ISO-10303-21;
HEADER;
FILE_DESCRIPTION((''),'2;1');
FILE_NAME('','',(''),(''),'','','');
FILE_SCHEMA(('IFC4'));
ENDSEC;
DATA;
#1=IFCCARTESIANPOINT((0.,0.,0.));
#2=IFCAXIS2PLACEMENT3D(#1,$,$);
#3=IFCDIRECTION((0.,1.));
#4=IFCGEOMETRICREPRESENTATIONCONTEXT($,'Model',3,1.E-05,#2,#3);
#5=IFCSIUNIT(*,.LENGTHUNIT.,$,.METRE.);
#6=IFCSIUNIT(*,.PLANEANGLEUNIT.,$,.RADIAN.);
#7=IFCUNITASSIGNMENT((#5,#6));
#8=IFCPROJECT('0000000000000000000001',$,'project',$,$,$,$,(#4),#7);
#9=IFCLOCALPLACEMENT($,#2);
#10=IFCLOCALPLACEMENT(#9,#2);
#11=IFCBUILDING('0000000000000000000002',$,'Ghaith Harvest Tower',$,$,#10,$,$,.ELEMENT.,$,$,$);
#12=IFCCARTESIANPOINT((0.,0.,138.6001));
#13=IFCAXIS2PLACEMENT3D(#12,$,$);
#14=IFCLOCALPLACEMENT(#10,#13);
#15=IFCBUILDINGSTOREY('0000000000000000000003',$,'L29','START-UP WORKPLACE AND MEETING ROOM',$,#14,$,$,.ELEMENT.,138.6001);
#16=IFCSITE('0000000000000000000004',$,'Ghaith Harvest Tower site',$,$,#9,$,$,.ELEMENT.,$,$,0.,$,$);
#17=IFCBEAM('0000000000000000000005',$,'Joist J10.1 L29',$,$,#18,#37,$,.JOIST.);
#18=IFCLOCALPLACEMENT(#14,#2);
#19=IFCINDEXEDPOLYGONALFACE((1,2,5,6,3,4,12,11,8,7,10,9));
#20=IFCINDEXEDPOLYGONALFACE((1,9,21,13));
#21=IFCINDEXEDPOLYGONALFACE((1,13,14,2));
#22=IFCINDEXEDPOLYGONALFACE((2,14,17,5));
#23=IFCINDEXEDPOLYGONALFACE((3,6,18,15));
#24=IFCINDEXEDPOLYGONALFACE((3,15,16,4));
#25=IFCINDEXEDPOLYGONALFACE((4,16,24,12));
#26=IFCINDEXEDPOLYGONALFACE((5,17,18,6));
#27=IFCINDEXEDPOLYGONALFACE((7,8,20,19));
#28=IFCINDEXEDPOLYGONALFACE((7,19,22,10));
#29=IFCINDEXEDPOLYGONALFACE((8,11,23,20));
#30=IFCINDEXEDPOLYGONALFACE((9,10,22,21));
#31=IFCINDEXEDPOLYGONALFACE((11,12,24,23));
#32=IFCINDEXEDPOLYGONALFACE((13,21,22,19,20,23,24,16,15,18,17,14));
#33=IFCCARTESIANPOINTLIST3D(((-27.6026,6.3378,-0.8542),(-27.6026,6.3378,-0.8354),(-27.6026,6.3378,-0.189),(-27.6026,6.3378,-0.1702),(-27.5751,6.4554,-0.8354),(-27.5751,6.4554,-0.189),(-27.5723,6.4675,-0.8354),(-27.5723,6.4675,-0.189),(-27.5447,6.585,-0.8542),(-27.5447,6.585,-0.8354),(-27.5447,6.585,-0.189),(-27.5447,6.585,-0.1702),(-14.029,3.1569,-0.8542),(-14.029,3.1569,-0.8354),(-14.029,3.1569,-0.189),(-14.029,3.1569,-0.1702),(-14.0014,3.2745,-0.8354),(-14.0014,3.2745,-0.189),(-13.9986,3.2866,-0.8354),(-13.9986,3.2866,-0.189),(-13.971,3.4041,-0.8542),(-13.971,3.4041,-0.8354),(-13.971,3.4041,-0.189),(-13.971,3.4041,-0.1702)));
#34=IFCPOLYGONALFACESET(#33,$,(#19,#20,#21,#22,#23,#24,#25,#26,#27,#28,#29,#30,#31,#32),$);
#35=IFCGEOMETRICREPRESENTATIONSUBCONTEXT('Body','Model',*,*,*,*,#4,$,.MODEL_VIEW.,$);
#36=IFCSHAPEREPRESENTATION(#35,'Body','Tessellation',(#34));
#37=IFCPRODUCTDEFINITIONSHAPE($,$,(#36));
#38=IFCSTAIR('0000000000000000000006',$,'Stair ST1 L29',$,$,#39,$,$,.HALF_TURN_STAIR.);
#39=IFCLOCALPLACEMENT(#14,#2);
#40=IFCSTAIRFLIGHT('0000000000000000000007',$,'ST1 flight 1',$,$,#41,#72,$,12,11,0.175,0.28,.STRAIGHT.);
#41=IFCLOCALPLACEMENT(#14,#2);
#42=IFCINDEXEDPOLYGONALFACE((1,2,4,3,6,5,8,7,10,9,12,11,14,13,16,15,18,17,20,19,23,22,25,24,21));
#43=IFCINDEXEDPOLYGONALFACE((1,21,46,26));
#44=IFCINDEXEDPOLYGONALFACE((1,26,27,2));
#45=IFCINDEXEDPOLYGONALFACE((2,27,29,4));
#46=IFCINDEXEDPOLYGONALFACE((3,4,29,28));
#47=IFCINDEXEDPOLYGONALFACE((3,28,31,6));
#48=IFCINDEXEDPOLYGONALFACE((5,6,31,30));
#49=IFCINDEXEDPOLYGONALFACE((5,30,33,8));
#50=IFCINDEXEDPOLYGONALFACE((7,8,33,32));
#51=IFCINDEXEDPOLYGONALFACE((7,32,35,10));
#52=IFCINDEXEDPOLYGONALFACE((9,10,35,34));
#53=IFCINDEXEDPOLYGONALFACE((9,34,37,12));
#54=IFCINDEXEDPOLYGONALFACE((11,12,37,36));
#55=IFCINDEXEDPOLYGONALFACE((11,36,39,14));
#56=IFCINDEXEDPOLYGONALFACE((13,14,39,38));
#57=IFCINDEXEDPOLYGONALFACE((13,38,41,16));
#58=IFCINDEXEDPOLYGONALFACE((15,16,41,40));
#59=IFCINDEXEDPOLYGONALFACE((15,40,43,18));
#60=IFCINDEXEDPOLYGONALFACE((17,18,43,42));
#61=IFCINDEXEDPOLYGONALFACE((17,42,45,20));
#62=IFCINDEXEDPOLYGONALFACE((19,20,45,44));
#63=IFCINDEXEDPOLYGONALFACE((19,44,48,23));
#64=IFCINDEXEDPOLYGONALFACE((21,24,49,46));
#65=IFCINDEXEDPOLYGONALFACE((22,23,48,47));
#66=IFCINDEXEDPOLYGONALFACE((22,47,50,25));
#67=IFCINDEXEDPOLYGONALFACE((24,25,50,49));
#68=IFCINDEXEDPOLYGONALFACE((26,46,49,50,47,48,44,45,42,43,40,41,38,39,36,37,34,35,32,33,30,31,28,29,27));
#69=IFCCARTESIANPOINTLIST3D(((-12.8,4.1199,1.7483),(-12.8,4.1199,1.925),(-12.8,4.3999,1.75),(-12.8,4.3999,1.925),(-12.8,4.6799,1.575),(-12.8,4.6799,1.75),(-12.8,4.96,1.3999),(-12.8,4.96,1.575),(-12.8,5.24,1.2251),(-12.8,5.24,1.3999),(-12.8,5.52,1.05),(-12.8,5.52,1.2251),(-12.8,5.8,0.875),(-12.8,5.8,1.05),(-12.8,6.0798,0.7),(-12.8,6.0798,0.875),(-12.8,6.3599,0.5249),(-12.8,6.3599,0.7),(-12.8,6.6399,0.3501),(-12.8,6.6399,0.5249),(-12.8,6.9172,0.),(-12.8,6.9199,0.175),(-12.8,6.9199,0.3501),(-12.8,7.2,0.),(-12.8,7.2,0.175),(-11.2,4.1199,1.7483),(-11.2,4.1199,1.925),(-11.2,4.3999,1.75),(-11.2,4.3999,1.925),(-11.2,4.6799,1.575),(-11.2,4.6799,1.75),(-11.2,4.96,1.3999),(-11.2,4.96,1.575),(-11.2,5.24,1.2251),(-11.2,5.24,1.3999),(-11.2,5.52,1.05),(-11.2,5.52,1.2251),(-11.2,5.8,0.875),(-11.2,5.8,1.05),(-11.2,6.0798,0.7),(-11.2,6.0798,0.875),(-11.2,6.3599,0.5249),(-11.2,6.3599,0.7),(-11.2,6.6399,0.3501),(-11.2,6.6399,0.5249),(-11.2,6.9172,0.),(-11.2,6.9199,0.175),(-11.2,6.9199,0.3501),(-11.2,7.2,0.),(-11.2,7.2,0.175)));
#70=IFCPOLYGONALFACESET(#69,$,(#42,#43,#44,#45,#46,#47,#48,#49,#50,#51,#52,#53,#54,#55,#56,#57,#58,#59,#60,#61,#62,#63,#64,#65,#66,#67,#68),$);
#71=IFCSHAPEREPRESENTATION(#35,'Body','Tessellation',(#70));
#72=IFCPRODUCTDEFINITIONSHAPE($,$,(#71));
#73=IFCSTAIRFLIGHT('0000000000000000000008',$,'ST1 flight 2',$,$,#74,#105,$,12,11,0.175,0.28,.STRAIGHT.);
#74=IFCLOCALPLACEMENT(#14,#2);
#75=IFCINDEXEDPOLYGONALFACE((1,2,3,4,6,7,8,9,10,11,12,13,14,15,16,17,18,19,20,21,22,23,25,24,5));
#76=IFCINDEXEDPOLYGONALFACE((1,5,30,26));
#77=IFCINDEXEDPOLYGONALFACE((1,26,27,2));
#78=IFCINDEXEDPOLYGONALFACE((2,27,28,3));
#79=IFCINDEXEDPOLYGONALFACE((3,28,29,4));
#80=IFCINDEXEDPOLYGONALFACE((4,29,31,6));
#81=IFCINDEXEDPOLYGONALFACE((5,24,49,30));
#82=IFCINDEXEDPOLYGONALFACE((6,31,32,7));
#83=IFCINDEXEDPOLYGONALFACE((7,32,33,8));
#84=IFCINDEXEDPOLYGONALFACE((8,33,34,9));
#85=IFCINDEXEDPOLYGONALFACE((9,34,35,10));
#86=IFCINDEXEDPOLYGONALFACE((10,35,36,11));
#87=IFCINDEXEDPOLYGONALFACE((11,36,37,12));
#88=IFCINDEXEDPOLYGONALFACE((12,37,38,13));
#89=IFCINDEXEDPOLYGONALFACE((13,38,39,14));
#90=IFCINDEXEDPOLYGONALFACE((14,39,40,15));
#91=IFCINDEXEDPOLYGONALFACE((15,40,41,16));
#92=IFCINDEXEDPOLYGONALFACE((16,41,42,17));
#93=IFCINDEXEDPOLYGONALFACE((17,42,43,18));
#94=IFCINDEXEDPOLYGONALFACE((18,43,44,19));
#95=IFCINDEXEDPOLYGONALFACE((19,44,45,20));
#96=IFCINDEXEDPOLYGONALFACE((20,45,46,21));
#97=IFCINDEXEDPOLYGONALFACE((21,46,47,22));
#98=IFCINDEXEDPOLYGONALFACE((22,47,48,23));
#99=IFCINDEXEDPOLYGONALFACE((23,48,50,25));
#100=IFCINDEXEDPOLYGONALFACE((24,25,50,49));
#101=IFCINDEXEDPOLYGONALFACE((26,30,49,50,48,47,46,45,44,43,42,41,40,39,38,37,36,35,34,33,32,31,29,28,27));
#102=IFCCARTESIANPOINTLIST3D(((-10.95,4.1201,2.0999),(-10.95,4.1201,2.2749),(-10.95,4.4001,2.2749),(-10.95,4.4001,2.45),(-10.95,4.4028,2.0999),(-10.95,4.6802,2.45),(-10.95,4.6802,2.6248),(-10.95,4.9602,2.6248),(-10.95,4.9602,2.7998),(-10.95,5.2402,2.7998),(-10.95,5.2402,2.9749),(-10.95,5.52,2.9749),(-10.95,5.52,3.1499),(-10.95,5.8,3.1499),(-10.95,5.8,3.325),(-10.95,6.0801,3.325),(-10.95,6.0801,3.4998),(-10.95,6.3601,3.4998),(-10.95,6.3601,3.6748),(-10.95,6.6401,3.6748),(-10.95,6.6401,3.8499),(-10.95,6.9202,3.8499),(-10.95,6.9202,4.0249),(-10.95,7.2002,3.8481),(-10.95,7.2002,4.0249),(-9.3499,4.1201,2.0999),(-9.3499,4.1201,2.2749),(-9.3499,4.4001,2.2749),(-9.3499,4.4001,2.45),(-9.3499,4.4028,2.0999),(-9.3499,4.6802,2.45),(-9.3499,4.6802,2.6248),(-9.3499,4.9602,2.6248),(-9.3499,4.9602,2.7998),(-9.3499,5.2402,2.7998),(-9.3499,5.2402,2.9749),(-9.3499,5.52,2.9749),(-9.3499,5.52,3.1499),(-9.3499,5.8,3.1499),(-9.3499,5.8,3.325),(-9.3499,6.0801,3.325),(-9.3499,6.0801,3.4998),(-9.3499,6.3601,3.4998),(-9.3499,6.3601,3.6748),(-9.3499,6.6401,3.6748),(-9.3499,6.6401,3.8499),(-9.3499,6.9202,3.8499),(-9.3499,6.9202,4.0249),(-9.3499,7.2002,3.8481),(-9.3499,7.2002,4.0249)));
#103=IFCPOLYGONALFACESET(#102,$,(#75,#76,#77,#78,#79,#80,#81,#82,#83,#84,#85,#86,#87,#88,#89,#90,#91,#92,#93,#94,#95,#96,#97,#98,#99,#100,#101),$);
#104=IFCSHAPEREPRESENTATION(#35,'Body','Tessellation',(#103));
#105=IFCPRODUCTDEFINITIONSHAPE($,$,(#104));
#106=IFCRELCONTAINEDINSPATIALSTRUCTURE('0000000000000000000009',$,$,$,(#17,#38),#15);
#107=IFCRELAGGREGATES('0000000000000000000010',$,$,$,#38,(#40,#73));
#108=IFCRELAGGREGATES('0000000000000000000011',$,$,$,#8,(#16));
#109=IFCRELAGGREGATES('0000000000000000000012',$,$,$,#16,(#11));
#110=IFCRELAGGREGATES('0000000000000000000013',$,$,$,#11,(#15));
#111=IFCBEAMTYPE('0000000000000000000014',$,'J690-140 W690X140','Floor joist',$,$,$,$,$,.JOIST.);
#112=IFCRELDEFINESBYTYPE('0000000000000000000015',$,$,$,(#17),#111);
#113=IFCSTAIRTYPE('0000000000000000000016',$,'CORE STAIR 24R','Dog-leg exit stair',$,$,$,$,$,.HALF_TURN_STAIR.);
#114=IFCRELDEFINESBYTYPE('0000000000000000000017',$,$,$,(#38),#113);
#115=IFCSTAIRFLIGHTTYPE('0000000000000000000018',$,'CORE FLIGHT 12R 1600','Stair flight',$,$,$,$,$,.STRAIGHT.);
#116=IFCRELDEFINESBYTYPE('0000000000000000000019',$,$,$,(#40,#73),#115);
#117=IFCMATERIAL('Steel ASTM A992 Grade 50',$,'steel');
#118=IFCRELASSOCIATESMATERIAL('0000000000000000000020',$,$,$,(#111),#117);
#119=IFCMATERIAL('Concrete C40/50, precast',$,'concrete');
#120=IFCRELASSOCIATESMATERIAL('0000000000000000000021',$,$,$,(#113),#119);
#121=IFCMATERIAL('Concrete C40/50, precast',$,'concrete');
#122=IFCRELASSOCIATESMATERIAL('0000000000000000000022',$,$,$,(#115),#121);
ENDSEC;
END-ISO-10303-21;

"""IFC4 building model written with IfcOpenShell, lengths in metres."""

from ifc_helpers import new_model, si_unit, direction, frame, origin, origin_2d, place, context, subcontext, project, spatial, polyline, i_section, outline, extrude, material, material_profile, profile_set, type_object, element, aggregate, save


model = new_model("IFC4")

# Units and contexts
model_context = context("Model", 3, precision=1e-05, world=origin(), true_north=direction((0.0, 1.0)))
body_context = subcontext(model_context, "Body", "Model", "MODEL_VIEW")
ifc_project = project(units=[si_unit("LENGTHUNIT", "METRE"), si_unit("PLANEANGLEUNIT", "RADIAN")], contexts=[model_context])

# Site, building, storey
site_placement = place(None, origin())
site = spatial("IfcSite", under=ifc_project, at=site_placement, Name="Ghaith Harvest Tower site", CompositionType="ELEMENT", RefElevation=0.0)
building_placement = place(site_placement, origin())
building = spatial("IfcBuilding", under=site, at=building_placement, Name="Ghaith Harvest Tower", CompositionType="ELEMENT")
storey_placement = place(building_placement, frame((0.0, 0.0, 138.6001)))
storey = spatial("IfcBuildingStorey", under=building, at=storey_placement, Name="L29", Description="START-UP WORKPLACE AND MEETING ROOM", CompositionType="ELEMENT", Elevation=138.6001)

# Beam
ifc_material_1 = material(Name="Steel ASTM A992 Grade 50", Category="steel")
ifc_material_profile_1 = material_profile(ifc_material_1, i_section(OverallWidth=0.2539, OverallDepth=0.6841, WebThickness=0.0125, FlangeThickness=0.0188, at=origin_2d()), Name="W690X140")
ifc_profile_set_1 = profile_set([ifc_material_profile_1], Name="Steel ASTM A992 Grade 50")
beam_type_1 = type_object("IfcBeamType", Name="J690-140 W690X140", Description="Floor joist", PredefinedType="JOIST", material=ifc_profile_set_1)
beam_1_placement = place(storey_placement, frame((-14.0, 3.2805, -0.5122), z_axis=(-0.973623, 0.228162, 0.0), x_axis=(-0.228162, -0.973623, 0.0)))
element("IfcBeam", 1, at=beam_1_placement, inside=storey, type_object=beam_type_1, Name="Joist J10.1 L29", PredefinedType="JOIST", context=body_context, shape_type="SweptSolid", body=[
    extrude(i_section(OverallWidth=0.2539, OverallDepth=0.6841, WebThickness=0.0125, FlangeThickness=0.0188, at=origin_2d()), origin(), (0.0, 0.0, 1.0), 13.9414),
])

# Stair, stair flights
ifc_material_2 = material(Name="Concrete C40/50, precast", Category="concrete")
stair_type = type_object("IfcStairType", Name="CORE STAIR 24R", Description="Dog-leg exit stair", PredefinedType="HALF_TURN_STAIR", material=ifc_material_2)
stair_placement = place(storey_placement, origin())
stair = element("IfcStair", 2, at=stair_placement, inside=storey, type_object=stair_type, Name="Stair ST1 L29", PredefinedType="HALF_TURN_STAIR")
ifc_material_3 = material(Name="Concrete C40/50, precast", Category="concrete")
stair_flight_type = type_object("IfcStairFlightType", Name="CORE FLIGHT 12R 1600", Description="Stair flight", PredefinedType="STRAIGHT", material=ifc_material_3)
stair_flight_1_placement = place(storey_placement, frame((-12.0, 7.2, 0.0), z_axis=(0.0, 0.0, 1.0), x_axis=(0.0, -1.0, 0.0)))
stair_flight_1 = element("IfcStairFlight", 3, at=stair_flight_1_placement, type_object=stair_flight_type, Name="ST1 flight 1", NumberOfRisers=12, NumberOfTreads=11, PredefinedType="STRAIGHT", RiserHeight=0.175, TreadLength=0.28, context=body_context, shape_type="SweptSolid", body=[
    extrude(outline(polyline([(0.0, 0.0), (0.0, 0.175), (0.28, 0.175), (0.28, 0.3501), (0.5601, 0.3501), (0.5601, 0.5249), (0.8401, 0.5249), (0.8401, 0.7), (1.1201, 0.7), (1.1201, 0.875), (1.3999, 0.875), (1.3999, 1.05), (1.6799, 1.05), (1.6799, 1.2251), (1.96, 1.2251), (1.96, 1.3999), (2.24, 1.3999), (2.24, 1.575), (2.52, 1.575), (2.52, 1.75), (2.8, 1.75), (2.8, 1.925), (3.0801, 1.925), (3.0801, 2.1001), (3.0801, 1.7483), (0.2827, 0.0), (0.0, 0.0)])), frame((0.0, 0.8, 0.0), z_axis=(0.0, -1.0, 0.0), x_axis=(1.0, 0.0, 0.0)), (0.0, 0.0, 1.0), 1.6001),
])
stair_flight_2_placement = place(storey_placement, frame((-10.1499, 4.1201, 2.0999), z_axis=(0.0, 0.0, 1.0), x_axis=(0.0, 1.0, 0.0)))
stair_flight_2 = element("IfcStairFlight", 4, at=stair_flight_2_placement, type_object=stair_flight_type, Name="ST1 flight 2", NumberOfRisers=12, NumberOfTreads=11, PredefinedType="STRAIGHT", RiserHeight=0.175, TreadLength=0.28, context=body_context, shape_type="SweptSolid", body=[
    extrude(outline(polyline([(0.0, 0.0), (0.0, 0.175), (0.28, 0.175), (0.28, 0.3501), (0.5601, 0.3501), (0.5601, 0.5249), (0.8401, 0.5249), (0.8401, 0.7), (1.1201, 0.7), (1.1201, 0.875), (1.3999, 0.875), (1.3999, 1.05), (1.6799, 1.05), (1.6799, 1.2251), (1.96, 1.2251), (1.96, 1.3999), (2.24, 1.3999), (2.24, 1.575), (2.52, 1.575), (2.52, 1.75), (2.8, 1.75), (2.8, 1.925), (3.0801, 1.925), (3.0801, 2.1001), (3.0801, 1.7483), (0.2827, 0.0), (0.0, 0.0)])), frame((0.0, 0.8, 0.0), z_axis=(0.0, -1.0, 0.0), x_axis=(1.0, 0.0, 0.0)), (0.0, 0.0, 1.0), 1.6001),
])
aggregate(stair, [stair_flight_1, stair_flight_2])

save(model, "model.ifc")
